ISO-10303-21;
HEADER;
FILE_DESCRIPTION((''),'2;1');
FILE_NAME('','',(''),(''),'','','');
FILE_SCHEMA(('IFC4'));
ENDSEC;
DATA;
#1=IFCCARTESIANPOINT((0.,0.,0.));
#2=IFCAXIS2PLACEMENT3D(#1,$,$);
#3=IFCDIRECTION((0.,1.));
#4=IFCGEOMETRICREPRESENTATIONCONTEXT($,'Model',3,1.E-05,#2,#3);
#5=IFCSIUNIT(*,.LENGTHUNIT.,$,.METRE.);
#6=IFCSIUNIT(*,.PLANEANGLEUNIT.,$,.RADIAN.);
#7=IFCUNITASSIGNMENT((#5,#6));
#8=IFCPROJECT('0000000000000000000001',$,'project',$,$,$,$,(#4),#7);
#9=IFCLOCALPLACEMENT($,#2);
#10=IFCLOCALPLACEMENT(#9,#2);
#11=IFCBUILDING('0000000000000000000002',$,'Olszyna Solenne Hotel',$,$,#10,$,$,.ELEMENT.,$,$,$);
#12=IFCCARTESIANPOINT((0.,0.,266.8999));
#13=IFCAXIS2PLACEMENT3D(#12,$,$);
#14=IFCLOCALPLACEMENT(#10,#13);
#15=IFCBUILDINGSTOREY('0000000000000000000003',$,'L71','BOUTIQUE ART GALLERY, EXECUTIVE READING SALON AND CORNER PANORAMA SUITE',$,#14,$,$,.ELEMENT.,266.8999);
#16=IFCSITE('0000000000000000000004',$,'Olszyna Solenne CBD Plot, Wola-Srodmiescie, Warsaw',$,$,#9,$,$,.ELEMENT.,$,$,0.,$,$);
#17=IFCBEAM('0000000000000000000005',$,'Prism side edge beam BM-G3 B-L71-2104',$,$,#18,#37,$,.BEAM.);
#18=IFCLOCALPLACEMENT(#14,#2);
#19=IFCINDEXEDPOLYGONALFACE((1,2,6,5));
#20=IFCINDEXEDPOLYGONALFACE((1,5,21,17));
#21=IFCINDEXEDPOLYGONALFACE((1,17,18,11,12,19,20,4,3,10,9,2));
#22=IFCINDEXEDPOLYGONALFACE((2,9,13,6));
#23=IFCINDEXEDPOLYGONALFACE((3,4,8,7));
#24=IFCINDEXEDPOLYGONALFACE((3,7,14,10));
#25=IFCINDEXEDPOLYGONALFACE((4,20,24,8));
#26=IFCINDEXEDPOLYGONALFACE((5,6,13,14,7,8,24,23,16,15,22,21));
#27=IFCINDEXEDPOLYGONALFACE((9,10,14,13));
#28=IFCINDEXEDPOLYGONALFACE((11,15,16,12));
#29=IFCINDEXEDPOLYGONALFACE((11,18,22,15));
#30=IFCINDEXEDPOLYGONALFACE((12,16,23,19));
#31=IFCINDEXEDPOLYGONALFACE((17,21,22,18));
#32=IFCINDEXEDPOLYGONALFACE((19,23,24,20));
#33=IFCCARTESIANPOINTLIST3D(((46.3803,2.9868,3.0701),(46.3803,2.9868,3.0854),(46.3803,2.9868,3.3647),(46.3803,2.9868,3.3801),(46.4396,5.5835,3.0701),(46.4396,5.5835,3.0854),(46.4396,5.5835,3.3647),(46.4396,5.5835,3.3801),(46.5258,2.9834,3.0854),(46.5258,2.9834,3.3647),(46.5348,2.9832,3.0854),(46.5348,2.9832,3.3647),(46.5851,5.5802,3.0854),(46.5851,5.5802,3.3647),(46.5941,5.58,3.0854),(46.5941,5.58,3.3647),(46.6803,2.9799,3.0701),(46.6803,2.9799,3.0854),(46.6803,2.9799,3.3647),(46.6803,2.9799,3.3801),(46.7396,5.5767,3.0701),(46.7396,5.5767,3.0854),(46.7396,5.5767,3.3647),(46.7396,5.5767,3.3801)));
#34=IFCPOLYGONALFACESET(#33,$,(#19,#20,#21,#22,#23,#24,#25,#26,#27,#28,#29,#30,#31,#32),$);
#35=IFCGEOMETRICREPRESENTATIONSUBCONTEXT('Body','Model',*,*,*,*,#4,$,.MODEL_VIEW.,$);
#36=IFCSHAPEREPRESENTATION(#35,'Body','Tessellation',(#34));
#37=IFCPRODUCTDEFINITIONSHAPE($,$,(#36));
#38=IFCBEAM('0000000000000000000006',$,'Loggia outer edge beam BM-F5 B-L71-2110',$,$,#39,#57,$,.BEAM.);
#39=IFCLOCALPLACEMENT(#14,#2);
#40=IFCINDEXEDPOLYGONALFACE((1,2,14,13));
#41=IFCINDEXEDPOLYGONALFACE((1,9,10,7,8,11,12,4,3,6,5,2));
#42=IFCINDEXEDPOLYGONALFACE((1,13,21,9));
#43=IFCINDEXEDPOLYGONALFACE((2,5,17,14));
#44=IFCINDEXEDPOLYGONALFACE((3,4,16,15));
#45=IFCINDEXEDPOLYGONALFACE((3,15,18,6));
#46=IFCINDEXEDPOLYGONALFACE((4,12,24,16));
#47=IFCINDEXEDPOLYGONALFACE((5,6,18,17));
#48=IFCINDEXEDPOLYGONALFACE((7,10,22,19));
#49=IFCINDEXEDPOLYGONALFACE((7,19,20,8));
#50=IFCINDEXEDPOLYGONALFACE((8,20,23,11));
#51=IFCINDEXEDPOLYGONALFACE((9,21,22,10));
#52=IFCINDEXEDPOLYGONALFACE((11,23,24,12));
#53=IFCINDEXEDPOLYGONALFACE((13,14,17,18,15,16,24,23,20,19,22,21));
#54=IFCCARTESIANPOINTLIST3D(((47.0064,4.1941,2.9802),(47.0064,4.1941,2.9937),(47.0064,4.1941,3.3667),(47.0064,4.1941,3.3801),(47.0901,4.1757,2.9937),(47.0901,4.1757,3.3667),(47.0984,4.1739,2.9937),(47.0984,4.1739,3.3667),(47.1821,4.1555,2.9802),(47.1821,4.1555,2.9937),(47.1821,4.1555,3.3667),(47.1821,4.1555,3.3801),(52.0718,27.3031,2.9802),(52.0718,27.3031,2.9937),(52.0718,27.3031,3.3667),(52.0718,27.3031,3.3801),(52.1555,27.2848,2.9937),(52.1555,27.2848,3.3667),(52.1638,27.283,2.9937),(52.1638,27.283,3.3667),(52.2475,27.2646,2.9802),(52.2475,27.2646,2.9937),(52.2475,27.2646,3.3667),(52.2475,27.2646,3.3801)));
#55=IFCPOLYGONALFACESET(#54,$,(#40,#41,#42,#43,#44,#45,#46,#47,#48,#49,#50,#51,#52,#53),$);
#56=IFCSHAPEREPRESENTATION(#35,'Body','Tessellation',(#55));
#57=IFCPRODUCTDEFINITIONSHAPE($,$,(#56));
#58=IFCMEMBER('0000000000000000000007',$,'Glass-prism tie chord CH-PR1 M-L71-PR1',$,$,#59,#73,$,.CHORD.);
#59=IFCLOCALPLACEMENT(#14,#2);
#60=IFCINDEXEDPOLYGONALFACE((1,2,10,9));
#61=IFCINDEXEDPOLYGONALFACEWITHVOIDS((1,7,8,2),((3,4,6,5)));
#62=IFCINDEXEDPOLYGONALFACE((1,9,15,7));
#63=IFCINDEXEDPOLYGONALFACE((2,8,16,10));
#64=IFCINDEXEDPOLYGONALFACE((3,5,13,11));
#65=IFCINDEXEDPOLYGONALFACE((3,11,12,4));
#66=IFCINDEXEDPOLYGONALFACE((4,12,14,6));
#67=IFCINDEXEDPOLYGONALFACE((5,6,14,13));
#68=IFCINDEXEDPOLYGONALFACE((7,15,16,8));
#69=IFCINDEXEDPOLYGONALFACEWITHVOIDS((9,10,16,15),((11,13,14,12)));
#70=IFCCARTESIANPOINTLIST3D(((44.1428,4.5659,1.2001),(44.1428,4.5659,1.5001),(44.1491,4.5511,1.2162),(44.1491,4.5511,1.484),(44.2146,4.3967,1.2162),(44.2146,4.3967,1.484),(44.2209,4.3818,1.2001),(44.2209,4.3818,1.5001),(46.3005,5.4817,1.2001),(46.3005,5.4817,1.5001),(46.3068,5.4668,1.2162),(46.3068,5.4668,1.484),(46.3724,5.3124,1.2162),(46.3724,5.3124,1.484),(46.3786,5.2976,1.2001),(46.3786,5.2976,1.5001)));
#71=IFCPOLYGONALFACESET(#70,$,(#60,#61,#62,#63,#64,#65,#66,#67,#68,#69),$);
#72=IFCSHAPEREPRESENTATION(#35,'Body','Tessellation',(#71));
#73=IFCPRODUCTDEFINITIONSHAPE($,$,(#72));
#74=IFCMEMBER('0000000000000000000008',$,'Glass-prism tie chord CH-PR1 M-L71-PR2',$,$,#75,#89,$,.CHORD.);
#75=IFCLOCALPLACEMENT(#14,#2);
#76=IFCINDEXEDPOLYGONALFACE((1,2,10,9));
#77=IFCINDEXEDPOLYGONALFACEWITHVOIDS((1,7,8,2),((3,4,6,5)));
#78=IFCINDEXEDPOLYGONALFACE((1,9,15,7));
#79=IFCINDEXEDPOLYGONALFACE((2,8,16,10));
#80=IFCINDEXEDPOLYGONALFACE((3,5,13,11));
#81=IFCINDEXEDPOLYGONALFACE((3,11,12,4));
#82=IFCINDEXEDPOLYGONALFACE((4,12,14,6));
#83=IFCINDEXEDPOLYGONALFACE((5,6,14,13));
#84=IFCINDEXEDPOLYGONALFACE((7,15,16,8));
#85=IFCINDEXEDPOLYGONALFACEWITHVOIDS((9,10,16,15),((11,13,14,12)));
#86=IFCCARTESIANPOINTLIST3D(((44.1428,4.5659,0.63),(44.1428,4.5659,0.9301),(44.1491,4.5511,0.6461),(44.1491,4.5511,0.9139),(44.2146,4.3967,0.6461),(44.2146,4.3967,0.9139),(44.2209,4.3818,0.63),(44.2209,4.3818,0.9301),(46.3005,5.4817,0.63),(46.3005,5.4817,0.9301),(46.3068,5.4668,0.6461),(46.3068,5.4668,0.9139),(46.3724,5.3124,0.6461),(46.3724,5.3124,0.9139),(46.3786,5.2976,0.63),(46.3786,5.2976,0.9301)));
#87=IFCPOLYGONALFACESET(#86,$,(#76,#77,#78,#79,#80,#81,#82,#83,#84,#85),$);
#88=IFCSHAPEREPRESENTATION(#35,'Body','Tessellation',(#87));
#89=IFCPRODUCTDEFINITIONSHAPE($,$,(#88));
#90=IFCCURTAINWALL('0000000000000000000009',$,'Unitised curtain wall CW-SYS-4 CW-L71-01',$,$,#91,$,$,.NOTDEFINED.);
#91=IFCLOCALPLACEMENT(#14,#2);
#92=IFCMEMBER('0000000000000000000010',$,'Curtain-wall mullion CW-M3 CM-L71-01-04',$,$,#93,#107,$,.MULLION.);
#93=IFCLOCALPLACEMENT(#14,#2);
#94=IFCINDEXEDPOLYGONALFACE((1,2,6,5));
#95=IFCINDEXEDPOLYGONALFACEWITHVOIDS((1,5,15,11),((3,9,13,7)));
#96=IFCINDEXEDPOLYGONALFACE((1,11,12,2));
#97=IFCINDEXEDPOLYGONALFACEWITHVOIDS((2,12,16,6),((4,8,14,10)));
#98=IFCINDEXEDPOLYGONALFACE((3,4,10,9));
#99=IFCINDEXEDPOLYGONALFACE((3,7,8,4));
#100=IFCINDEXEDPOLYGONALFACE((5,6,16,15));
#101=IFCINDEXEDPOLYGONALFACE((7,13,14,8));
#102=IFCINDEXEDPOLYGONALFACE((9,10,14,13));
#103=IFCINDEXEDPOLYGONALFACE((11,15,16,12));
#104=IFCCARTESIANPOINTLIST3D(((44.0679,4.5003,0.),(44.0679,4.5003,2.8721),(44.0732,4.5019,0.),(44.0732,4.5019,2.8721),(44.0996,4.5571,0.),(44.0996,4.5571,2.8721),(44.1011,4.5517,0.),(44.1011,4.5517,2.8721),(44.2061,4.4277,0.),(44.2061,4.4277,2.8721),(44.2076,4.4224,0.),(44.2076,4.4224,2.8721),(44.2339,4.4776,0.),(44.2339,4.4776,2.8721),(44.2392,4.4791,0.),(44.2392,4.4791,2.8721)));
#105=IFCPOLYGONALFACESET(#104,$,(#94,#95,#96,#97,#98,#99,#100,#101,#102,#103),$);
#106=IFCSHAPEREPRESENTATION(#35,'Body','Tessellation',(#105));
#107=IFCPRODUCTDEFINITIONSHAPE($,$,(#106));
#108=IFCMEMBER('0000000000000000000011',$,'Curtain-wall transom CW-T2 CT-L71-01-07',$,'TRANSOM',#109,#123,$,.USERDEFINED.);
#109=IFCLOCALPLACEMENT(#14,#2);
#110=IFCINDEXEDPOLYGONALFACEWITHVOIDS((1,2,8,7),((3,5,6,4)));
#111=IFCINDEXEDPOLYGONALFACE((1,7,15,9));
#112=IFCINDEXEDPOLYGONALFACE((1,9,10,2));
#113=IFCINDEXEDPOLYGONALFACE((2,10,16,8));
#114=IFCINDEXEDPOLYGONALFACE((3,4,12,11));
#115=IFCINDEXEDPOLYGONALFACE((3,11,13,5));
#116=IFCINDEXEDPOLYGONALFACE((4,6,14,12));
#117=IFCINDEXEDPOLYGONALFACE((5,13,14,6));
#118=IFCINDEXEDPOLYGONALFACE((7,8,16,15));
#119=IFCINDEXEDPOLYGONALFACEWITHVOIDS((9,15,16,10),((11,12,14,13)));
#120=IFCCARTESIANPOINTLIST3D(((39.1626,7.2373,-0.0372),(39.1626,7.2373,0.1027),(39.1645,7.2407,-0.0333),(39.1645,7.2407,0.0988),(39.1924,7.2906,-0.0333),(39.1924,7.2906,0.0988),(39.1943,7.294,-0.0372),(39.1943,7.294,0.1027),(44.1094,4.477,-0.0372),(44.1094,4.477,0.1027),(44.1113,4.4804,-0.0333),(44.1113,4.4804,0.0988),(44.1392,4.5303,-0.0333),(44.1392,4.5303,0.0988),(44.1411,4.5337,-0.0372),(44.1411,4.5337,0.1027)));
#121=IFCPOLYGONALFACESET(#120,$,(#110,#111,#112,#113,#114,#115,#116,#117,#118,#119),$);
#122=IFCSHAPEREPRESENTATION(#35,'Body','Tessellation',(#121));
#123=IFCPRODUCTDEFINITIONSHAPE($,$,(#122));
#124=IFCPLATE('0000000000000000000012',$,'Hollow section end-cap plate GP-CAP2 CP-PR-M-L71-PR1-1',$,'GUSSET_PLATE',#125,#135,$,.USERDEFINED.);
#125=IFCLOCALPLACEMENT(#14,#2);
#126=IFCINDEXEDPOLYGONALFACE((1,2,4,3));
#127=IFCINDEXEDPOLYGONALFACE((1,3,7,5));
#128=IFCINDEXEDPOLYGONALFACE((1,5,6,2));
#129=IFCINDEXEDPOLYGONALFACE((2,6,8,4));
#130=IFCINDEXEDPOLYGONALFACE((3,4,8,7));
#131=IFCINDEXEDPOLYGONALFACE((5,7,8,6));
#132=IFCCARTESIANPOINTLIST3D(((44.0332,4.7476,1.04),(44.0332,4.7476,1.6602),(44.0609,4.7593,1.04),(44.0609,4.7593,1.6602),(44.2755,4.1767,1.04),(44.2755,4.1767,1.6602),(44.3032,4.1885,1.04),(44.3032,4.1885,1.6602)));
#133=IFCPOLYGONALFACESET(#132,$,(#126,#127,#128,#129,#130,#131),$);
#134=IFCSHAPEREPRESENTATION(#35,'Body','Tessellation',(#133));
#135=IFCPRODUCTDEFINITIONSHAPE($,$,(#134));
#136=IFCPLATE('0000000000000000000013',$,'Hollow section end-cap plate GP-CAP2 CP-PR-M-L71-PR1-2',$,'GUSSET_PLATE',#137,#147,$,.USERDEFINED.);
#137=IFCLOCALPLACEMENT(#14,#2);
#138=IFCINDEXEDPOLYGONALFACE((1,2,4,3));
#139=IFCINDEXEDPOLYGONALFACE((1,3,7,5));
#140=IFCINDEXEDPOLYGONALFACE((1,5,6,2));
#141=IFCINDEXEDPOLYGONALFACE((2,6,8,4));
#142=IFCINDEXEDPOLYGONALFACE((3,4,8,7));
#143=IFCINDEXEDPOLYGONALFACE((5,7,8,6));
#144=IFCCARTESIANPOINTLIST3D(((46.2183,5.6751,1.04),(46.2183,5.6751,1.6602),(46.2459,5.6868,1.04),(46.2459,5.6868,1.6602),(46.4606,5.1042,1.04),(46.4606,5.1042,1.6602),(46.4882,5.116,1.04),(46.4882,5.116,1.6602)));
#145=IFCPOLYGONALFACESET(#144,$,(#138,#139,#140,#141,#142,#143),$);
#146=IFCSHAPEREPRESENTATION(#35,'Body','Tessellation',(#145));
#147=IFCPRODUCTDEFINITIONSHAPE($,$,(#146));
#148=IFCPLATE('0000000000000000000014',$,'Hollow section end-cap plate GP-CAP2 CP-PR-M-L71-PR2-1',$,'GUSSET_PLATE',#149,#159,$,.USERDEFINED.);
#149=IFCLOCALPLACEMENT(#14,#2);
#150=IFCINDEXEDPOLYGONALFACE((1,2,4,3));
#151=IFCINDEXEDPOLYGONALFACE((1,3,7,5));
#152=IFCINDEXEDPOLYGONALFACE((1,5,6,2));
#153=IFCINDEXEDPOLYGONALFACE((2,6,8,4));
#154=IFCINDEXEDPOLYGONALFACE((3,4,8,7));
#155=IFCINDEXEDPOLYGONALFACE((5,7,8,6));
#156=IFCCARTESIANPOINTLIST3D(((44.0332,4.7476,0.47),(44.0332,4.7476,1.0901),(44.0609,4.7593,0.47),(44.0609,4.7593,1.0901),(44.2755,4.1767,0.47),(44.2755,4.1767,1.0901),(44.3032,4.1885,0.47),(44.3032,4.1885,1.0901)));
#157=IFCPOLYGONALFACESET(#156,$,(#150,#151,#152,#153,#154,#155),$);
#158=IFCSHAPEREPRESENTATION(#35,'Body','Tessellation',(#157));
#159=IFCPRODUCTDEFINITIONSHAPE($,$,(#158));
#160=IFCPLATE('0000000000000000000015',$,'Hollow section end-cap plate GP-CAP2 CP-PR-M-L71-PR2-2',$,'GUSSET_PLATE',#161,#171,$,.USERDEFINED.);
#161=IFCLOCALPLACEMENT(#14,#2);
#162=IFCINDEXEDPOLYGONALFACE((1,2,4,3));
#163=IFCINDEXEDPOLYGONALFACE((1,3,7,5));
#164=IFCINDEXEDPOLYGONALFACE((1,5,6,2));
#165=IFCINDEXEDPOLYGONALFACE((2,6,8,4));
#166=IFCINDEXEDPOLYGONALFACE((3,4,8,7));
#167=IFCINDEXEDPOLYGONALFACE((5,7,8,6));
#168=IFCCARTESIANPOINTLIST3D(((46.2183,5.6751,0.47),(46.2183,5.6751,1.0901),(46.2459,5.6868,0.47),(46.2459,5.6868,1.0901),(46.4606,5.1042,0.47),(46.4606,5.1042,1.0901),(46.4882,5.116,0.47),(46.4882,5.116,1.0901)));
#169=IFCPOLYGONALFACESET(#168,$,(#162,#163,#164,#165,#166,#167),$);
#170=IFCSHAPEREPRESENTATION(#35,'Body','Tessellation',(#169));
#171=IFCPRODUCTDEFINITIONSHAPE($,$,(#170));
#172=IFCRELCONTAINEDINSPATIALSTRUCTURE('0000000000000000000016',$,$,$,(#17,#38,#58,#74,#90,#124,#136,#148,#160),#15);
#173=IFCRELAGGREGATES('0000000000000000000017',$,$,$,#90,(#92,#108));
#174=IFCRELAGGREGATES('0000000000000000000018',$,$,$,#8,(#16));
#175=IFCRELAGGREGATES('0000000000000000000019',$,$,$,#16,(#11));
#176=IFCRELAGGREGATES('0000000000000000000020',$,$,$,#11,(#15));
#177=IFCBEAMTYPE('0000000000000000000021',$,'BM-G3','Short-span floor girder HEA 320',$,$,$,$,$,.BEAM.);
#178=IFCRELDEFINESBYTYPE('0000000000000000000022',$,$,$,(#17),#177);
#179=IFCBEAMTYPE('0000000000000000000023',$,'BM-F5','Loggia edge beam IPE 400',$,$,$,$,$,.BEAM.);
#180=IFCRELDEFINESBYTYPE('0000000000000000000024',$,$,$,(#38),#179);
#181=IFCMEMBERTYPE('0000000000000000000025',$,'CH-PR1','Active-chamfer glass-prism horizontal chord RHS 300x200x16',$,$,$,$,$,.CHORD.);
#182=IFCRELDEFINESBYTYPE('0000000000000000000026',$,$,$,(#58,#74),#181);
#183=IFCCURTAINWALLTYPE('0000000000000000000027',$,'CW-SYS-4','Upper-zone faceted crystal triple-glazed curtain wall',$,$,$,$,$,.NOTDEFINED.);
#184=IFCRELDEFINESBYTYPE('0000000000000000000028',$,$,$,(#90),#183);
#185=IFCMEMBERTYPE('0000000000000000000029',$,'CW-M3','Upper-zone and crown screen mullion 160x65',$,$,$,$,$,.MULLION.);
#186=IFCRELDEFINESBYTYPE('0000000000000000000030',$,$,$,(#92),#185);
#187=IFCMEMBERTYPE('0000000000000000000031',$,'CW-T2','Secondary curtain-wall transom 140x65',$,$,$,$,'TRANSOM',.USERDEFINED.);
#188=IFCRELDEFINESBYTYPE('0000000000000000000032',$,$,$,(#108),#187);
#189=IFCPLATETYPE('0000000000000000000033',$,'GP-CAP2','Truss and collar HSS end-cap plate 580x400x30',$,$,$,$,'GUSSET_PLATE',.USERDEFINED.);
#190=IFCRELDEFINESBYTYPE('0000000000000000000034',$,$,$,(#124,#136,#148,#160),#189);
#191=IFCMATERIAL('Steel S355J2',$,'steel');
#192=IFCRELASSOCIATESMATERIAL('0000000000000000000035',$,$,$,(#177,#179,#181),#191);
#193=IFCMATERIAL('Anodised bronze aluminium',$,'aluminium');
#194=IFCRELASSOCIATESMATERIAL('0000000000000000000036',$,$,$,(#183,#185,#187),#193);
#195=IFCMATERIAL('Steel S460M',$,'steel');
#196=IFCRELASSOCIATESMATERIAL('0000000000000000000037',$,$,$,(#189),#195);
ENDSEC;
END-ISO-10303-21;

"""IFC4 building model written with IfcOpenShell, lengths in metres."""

from ifc_helpers import new_model, si_unit, direction, frame, origin, origin_2d, place, context, subcontext, project, spatial, rectangle, hollow_rectangle, i_section, extrude, source, transform, mapped, material, material_profile, profile_set, type_object, element, aggregate, save


model = new_model("IFC4")

# Units and contexts
model_context = context("Model", 3, precision=1e-05, world=origin(), true_north=direction((0.0, 1.0)))
body_context = subcontext(model_context, "Body", "Model", "MODEL_VIEW")
ifc_project = project(units=[si_unit("LENGTHUNIT", "METRE"), si_unit("PLANEANGLEUNIT", "RADIAN")], contexts=[model_context])

# Site, building, storey
site_placement = place(None, origin())
site = spatial("IfcSite", under=ifc_project, at=site_placement, Name="Olszyna Solenne CBD Plot, Wola-Srodmiescie, Warsaw", CompositionType="ELEMENT", RefElevation=0.0)
building_placement = place(site_placement, origin())
building = spatial("IfcBuilding", under=site, at=building_placement, Name="Olszyna Solenne Hotel", CompositionType="ELEMENT")
storey_placement = place(building_placement, frame((0.0, 0.0, 266.8999)))
storey = spatial("IfcBuildingStorey", under=building, at=storey_placement, Name="L71", Description="BOUTIQUE ART GALLERY, EXECUTIVE READING SALON AND CORNER PANORAMA SUITE", CompositionType="ELEMENT", Elevation=266.8999)

# Shared definitions
ifc_material_1 = material(Name="Steel S460M", Category="steel")

# Beams
ifc_material_2 = material(Name="Steel S355J2", Category="steel")
ifc_material_profile_1 = material_profile(ifc_material_2, i_section(OverallWidth=0.3, OverallDepth=0.3101, WebThickness=0.009, FlangeThickness=0.0154, at=origin_2d()), Name="HEA 320", Category="load-bearing")
ifc_profile_set_1 = profile_set([ifc_material_profile_1], Name="Steel S355J2")
beam_type_1 = type_object("IfcBeamType", Name="BM-G3", Description="Short-span floor girder HEA 320", PredefinedType="BEAM", material=ifc_profile_set_1)
shared_shape_1 = source(origin(), body_context, "Body", "SweptSolid", [
    extrude(i_section(OverallWidth=0.3, OverallDepth=0.3101, WebThickness=0.009, FlangeThickness=0.0154, at=origin_2d()), origin(), (0.0, 0.0, 1.0), 2.5974),
])
beam_1_placement = place(storey_placement, frame((46.5896, 5.5801, 3.2251), z_axis=(-0.022841, -0.999739, 0.0), x_axis=(0.999739, -0.022841, 0.0)))
element("IfcBeam", 1, at=beam_1_placement, inside=storey, type_object=beam_type_1, Name="Prism side edge beam BM-G3 B-L71-2104", PredefinedType="BEAM", context=body_context, shape_type="MappedRepresentation", body=[
    mapped(shared_shape_1, transform((0.0, 0.0, 0.0), x_axis=(1.0, 0.0, 0.0), y_axis=(0.0, 1.0, 0.0), z_axis=(0.0, 0.0, 1.0), scale=1.0)),
])
ifc_material_profile_2 = material_profile(ifc_material_2, i_section(OverallWidth=0.1799, OverallDepth=0.3999, WebThickness=0.0085, FlangeThickness=0.0134, at=origin_2d()), Name="IPE 400", Category="load-bearing")
ifc_profile_set_2 = profile_set([ifc_material_profile_2], Name="Steel S355J2")
beam_type_2 = type_object("IfcBeamType", Name="BM-F5", Description="Loggia edge beam IPE 400", PredefinedType="BEAM", material=ifc_profile_set_2)
shared_shape_2 = source(origin(), body_context, "Body", "SweptSolid", [
    extrude(i_section(OverallWidth=0.1799, OverallDepth=0.3999, WebThickness=0.0085, FlangeThickness=0.0134, at=origin_2d()), origin(), (0.0, 0.0, 1.0), 23.6577),
])
beam_2_placement = place(storey_placement, frame((47.0942, 4.1748, 3.1802), z_axis=(0.214113, 0.976809, 0.0), x_axis=(-0.976809, 0.214113, 0.0)))
element("IfcBeam", 2, at=beam_2_placement, inside=storey, type_object=beam_type_2, Name="Loggia outer edge beam BM-F5 B-L71-2110", PredefinedType="BEAM", context=body_context, shape_type="MappedRepresentation", body=[
    mapped(shared_shape_2, transform((0.0, 0.0, 0.0), x_axis=(1.0, 0.0, 0.0), y_axis=(0.0, 1.0, 0.0), z_axis=(0.0, 0.0, 1.0), scale=1.0)),
])

# Members
ifc_material_profile_3 = material_profile(ifc_material_2, hollow_rectangle(XDim=0.2, YDim=0.3, WallThickness=0.0161, at=origin_2d()), Name="RHS 300x200x16", Category="load-bearing")
ifc_profile_set_3 = profile_set([ifc_material_profile_3], Name="Steel S355J2")
member_type_1 = type_object("IfcMemberType", Name="CH-PR1", Description="Active-chamfer glass-prism horizontal chord RHS 300x200x16", PredefinedType="CHORD", material=ifc_profile_set_3)
shared_shape_3 = source(origin(), body_context, "Body", "SweptSolid", [
    extrude(hollow_rectangle(XDim=0.2, YDim=0.3, WallThickness=0.0161, at=origin_2d()), origin(), (0.0, 0.0, 1.0), 2.344),
])
for number, where, z_axis, x_axis, name in (
    (3, (44.1819, 4.4739, 1.3501), (0.920524, 0.390686, 0.0), (-0.390686, 0.920524, 0.0), "Glass-prism tie chord CH-PR1 M-L71-PR1"),
    (4, (44.1819, 4.4739, 0.78), (0.920524, 0.390686, 0.0), (-0.390686, 0.920524, 0.0), "Glass-prism tie chord CH-PR1 M-L71-PR2"),
):
    element("IfcMember", number, at=place(storey_placement, frame(where, z_axis=z_axis, x_axis=x_axis)), inside=storey, type_object=member_type_1, Name=name, PredefinedType="CHORD", context=body_context, shape_type="MappedRepresentation", body=[
        mapped(shared_shape_3, transform((0.0, 0.0, 0.0), x_axis=(1.0, 0.0, 0.0), y_axis=(0.0, 1.0, 0.0), z_axis=(0.0, 0.0, 1.0), scale=1.0)),
    ])

# Curtain wall, members
ifc_material_3 = material(Name="Anodised bronze aluminium", Category="aluminium")
curtain_wall_type = type_object("IfcCurtainWallType", Name="CW-SYS-4", Description="Upper-zone faceted crystal triple-glazed curtain wall", PredefinedType="NOTDEFINED", material=ifc_material_3)
curtain_wall_placement = place(storey_placement, origin())
curtain_wall = element("IfcCurtainWall", 5, at=curtain_wall_placement, inside=storey, type_object=curtain_wall_type, Name="Unitised curtain wall CW-SYS-4 CW-L71-01", PredefinedType="NOTDEFINED")
ifc_material_profile_4 = material_profile(ifc_material_3, hollow_rectangle(XDim=0.0649, YDim=0.1599, WallThickness=0.0039, at=origin_2d()), Name="MULL 160x65x4", Category="load-bearing")
ifc_profile_set_4 = profile_set([ifc_material_profile_4], Name="Anodised bronze aluminium")
member_type_2 = type_object("IfcMemberType", Name="CW-M3", Description="Upper-zone and crown screen mullion 160x65", PredefinedType="MULLION", material=ifc_profile_set_4)
shared_shape_4 = source(origin(), body_context, "Body", "SweptSolid", [
    extrude(hollow_rectangle(XDim=0.0649, YDim=0.1599, WallThickness=0.0039, at=origin_2d()), origin(), (0.0, 0.0, 1.0), 2.8721),
])
member_1_placement = place(storey_placement, frame((44.1536, 4.4897, 0.0), z_axis=(0.0, 0.0, 1.0), x_axis=(0.487246, 0.873265, 0.0)))
member_1 = element("IfcMember", 6, at=member_1_placement, type_object=member_type_2, Name="Curtain-wall mullion CW-M3 CM-L71-01-04", PredefinedType="MULLION", context=body_context, shape_type="MappedRepresentation", body=[
    mapped(shared_shape_4, transform((0.0, 0.0, 0.0), x_axis=(1.0, 0.0, 0.0), y_axis=(0.0, 1.0, 0.0), z_axis=(0.0, 0.0, 1.0), scale=1.0)),
])
ifc_material_profile_5 = material_profile(ifc_material_3, hollow_rectangle(XDim=0.0649, YDim=0.1399, WallThickness=0.0039, at=origin_2d()), Name="TRAN 140x65x4", Category="load-bearing")
ifc_profile_set_5 = profile_set([ifc_material_profile_5], Name="Anodised bronze aluminium")
member_type_3 = type_object("IfcMemberType", Name="CW-T2", Description="Secondary curtain-wall transom 140x65", ElementType="TRANSOM", PredefinedType="USERDEFINED", material=ifc_profile_set_5)
shared_shape_5 = source(origin(), body_context, "Body", "SweptSolid", [
    extrude(hollow_rectangle(XDim=0.0649, YDim=0.1399, WallThickness=0.0039, at=origin_2d()), origin(), (0.0, 0.0, 1.0), 5.6648),
])
member_2_placement = place(storey_placement, frame((39.1785, 7.2656, 0.0327), z_axis=(0.873253, -0.487267, 0.0), x_axis=(0.487267, 0.873253, 0.0)))
member_2 = element("IfcMember", 7, at=member_2_placement, type_object=member_type_3, Name="Curtain-wall transom CW-T2 CT-L71-01-07", ObjectType="TRANSOM", PredefinedType="USERDEFINED", context=body_context, shape_type="MappedRepresentation", body=[
    mapped(shared_shape_5, transform((0.0, 0.0, 0.0), x_axis=(1.0, 0.0, 0.0), y_axis=(0.0, 1.0, 0.0), z_axis=(0.0, 0.0, 1.0), scale=1.0)),
])

# Plates
plate_type_1 = type_object("IfcPlateType", Name="GP-CAP2", Description="Truss and collar HSS end-cap plate 580x400x30", ElementType="GUSSET_PLATE", PredefinedType="USERDEFINED", material=ifc_material_1)
shared_shape_6 = source(origin(), body_context, "Body", "SweptSolid", [
    extrude(rectangle(XDim=0.03, YDim=0.6201, at=origin_2d()), origin(), (0.0, 0.0, 1.0), 0.6201),
])
for number, where, z_axis, x_axis, name in (
    (8, (44.1682, 4.468, 1.04), (0.0, 0.0, 1.0), (0.920505, 0.390731, 0.0), "Hollow section end-cap plate GP-CAP2 CP-PR-M-L71-PR1-1"),
    (9, (46.3533, 5.3955, 1.04), (0.0, 0.0, 1.0), (0.920505, 0.390731, 0.0), "Hollow section end-cap plate GP-CAP2 CP-PR-M-L71-PR1-2"),
    (10, (44.1682, 4.468, 0.47), (0.0, 0.0, 1.0), (0.920505, 0.390731, 0.0), "Hollow section end-cap plate GP-CAP2 CP-PR-M-L71-PR2-1"),
    (11, (46.3533, 5.3955, 0.47), (0.0, 0.0, 1.0), (0.920505, 0.390731, 0.0), "Hollow section end-cap plate GP-CAP2 CP-PR-M-L71-PR2-2"),
):
    element("IfcPlate", number, at=place(storey_placement, frame(where, z_axis=z_axis, x_axis=x_axis)), inside=storey, type_object=plate_type_1, Name=name, ObjectType="GUSSET_PLATE", PredefinedType="USERDEFINED", context=body_context, shape_type="MappedRepresentation", body=[
        mapped(shared_shape_6, transform((0.0, 0.0, 0.0), x_axis=(1.0, 0.0, 0.0), y_axis=(0.0, 1.0, 0.0), z_axis=(0.0, 0.0, 1.0), scale=1.0)),
    ])

aggregate(curtain_wall, [member_1, member_2])

save(model, "model.ifc")
